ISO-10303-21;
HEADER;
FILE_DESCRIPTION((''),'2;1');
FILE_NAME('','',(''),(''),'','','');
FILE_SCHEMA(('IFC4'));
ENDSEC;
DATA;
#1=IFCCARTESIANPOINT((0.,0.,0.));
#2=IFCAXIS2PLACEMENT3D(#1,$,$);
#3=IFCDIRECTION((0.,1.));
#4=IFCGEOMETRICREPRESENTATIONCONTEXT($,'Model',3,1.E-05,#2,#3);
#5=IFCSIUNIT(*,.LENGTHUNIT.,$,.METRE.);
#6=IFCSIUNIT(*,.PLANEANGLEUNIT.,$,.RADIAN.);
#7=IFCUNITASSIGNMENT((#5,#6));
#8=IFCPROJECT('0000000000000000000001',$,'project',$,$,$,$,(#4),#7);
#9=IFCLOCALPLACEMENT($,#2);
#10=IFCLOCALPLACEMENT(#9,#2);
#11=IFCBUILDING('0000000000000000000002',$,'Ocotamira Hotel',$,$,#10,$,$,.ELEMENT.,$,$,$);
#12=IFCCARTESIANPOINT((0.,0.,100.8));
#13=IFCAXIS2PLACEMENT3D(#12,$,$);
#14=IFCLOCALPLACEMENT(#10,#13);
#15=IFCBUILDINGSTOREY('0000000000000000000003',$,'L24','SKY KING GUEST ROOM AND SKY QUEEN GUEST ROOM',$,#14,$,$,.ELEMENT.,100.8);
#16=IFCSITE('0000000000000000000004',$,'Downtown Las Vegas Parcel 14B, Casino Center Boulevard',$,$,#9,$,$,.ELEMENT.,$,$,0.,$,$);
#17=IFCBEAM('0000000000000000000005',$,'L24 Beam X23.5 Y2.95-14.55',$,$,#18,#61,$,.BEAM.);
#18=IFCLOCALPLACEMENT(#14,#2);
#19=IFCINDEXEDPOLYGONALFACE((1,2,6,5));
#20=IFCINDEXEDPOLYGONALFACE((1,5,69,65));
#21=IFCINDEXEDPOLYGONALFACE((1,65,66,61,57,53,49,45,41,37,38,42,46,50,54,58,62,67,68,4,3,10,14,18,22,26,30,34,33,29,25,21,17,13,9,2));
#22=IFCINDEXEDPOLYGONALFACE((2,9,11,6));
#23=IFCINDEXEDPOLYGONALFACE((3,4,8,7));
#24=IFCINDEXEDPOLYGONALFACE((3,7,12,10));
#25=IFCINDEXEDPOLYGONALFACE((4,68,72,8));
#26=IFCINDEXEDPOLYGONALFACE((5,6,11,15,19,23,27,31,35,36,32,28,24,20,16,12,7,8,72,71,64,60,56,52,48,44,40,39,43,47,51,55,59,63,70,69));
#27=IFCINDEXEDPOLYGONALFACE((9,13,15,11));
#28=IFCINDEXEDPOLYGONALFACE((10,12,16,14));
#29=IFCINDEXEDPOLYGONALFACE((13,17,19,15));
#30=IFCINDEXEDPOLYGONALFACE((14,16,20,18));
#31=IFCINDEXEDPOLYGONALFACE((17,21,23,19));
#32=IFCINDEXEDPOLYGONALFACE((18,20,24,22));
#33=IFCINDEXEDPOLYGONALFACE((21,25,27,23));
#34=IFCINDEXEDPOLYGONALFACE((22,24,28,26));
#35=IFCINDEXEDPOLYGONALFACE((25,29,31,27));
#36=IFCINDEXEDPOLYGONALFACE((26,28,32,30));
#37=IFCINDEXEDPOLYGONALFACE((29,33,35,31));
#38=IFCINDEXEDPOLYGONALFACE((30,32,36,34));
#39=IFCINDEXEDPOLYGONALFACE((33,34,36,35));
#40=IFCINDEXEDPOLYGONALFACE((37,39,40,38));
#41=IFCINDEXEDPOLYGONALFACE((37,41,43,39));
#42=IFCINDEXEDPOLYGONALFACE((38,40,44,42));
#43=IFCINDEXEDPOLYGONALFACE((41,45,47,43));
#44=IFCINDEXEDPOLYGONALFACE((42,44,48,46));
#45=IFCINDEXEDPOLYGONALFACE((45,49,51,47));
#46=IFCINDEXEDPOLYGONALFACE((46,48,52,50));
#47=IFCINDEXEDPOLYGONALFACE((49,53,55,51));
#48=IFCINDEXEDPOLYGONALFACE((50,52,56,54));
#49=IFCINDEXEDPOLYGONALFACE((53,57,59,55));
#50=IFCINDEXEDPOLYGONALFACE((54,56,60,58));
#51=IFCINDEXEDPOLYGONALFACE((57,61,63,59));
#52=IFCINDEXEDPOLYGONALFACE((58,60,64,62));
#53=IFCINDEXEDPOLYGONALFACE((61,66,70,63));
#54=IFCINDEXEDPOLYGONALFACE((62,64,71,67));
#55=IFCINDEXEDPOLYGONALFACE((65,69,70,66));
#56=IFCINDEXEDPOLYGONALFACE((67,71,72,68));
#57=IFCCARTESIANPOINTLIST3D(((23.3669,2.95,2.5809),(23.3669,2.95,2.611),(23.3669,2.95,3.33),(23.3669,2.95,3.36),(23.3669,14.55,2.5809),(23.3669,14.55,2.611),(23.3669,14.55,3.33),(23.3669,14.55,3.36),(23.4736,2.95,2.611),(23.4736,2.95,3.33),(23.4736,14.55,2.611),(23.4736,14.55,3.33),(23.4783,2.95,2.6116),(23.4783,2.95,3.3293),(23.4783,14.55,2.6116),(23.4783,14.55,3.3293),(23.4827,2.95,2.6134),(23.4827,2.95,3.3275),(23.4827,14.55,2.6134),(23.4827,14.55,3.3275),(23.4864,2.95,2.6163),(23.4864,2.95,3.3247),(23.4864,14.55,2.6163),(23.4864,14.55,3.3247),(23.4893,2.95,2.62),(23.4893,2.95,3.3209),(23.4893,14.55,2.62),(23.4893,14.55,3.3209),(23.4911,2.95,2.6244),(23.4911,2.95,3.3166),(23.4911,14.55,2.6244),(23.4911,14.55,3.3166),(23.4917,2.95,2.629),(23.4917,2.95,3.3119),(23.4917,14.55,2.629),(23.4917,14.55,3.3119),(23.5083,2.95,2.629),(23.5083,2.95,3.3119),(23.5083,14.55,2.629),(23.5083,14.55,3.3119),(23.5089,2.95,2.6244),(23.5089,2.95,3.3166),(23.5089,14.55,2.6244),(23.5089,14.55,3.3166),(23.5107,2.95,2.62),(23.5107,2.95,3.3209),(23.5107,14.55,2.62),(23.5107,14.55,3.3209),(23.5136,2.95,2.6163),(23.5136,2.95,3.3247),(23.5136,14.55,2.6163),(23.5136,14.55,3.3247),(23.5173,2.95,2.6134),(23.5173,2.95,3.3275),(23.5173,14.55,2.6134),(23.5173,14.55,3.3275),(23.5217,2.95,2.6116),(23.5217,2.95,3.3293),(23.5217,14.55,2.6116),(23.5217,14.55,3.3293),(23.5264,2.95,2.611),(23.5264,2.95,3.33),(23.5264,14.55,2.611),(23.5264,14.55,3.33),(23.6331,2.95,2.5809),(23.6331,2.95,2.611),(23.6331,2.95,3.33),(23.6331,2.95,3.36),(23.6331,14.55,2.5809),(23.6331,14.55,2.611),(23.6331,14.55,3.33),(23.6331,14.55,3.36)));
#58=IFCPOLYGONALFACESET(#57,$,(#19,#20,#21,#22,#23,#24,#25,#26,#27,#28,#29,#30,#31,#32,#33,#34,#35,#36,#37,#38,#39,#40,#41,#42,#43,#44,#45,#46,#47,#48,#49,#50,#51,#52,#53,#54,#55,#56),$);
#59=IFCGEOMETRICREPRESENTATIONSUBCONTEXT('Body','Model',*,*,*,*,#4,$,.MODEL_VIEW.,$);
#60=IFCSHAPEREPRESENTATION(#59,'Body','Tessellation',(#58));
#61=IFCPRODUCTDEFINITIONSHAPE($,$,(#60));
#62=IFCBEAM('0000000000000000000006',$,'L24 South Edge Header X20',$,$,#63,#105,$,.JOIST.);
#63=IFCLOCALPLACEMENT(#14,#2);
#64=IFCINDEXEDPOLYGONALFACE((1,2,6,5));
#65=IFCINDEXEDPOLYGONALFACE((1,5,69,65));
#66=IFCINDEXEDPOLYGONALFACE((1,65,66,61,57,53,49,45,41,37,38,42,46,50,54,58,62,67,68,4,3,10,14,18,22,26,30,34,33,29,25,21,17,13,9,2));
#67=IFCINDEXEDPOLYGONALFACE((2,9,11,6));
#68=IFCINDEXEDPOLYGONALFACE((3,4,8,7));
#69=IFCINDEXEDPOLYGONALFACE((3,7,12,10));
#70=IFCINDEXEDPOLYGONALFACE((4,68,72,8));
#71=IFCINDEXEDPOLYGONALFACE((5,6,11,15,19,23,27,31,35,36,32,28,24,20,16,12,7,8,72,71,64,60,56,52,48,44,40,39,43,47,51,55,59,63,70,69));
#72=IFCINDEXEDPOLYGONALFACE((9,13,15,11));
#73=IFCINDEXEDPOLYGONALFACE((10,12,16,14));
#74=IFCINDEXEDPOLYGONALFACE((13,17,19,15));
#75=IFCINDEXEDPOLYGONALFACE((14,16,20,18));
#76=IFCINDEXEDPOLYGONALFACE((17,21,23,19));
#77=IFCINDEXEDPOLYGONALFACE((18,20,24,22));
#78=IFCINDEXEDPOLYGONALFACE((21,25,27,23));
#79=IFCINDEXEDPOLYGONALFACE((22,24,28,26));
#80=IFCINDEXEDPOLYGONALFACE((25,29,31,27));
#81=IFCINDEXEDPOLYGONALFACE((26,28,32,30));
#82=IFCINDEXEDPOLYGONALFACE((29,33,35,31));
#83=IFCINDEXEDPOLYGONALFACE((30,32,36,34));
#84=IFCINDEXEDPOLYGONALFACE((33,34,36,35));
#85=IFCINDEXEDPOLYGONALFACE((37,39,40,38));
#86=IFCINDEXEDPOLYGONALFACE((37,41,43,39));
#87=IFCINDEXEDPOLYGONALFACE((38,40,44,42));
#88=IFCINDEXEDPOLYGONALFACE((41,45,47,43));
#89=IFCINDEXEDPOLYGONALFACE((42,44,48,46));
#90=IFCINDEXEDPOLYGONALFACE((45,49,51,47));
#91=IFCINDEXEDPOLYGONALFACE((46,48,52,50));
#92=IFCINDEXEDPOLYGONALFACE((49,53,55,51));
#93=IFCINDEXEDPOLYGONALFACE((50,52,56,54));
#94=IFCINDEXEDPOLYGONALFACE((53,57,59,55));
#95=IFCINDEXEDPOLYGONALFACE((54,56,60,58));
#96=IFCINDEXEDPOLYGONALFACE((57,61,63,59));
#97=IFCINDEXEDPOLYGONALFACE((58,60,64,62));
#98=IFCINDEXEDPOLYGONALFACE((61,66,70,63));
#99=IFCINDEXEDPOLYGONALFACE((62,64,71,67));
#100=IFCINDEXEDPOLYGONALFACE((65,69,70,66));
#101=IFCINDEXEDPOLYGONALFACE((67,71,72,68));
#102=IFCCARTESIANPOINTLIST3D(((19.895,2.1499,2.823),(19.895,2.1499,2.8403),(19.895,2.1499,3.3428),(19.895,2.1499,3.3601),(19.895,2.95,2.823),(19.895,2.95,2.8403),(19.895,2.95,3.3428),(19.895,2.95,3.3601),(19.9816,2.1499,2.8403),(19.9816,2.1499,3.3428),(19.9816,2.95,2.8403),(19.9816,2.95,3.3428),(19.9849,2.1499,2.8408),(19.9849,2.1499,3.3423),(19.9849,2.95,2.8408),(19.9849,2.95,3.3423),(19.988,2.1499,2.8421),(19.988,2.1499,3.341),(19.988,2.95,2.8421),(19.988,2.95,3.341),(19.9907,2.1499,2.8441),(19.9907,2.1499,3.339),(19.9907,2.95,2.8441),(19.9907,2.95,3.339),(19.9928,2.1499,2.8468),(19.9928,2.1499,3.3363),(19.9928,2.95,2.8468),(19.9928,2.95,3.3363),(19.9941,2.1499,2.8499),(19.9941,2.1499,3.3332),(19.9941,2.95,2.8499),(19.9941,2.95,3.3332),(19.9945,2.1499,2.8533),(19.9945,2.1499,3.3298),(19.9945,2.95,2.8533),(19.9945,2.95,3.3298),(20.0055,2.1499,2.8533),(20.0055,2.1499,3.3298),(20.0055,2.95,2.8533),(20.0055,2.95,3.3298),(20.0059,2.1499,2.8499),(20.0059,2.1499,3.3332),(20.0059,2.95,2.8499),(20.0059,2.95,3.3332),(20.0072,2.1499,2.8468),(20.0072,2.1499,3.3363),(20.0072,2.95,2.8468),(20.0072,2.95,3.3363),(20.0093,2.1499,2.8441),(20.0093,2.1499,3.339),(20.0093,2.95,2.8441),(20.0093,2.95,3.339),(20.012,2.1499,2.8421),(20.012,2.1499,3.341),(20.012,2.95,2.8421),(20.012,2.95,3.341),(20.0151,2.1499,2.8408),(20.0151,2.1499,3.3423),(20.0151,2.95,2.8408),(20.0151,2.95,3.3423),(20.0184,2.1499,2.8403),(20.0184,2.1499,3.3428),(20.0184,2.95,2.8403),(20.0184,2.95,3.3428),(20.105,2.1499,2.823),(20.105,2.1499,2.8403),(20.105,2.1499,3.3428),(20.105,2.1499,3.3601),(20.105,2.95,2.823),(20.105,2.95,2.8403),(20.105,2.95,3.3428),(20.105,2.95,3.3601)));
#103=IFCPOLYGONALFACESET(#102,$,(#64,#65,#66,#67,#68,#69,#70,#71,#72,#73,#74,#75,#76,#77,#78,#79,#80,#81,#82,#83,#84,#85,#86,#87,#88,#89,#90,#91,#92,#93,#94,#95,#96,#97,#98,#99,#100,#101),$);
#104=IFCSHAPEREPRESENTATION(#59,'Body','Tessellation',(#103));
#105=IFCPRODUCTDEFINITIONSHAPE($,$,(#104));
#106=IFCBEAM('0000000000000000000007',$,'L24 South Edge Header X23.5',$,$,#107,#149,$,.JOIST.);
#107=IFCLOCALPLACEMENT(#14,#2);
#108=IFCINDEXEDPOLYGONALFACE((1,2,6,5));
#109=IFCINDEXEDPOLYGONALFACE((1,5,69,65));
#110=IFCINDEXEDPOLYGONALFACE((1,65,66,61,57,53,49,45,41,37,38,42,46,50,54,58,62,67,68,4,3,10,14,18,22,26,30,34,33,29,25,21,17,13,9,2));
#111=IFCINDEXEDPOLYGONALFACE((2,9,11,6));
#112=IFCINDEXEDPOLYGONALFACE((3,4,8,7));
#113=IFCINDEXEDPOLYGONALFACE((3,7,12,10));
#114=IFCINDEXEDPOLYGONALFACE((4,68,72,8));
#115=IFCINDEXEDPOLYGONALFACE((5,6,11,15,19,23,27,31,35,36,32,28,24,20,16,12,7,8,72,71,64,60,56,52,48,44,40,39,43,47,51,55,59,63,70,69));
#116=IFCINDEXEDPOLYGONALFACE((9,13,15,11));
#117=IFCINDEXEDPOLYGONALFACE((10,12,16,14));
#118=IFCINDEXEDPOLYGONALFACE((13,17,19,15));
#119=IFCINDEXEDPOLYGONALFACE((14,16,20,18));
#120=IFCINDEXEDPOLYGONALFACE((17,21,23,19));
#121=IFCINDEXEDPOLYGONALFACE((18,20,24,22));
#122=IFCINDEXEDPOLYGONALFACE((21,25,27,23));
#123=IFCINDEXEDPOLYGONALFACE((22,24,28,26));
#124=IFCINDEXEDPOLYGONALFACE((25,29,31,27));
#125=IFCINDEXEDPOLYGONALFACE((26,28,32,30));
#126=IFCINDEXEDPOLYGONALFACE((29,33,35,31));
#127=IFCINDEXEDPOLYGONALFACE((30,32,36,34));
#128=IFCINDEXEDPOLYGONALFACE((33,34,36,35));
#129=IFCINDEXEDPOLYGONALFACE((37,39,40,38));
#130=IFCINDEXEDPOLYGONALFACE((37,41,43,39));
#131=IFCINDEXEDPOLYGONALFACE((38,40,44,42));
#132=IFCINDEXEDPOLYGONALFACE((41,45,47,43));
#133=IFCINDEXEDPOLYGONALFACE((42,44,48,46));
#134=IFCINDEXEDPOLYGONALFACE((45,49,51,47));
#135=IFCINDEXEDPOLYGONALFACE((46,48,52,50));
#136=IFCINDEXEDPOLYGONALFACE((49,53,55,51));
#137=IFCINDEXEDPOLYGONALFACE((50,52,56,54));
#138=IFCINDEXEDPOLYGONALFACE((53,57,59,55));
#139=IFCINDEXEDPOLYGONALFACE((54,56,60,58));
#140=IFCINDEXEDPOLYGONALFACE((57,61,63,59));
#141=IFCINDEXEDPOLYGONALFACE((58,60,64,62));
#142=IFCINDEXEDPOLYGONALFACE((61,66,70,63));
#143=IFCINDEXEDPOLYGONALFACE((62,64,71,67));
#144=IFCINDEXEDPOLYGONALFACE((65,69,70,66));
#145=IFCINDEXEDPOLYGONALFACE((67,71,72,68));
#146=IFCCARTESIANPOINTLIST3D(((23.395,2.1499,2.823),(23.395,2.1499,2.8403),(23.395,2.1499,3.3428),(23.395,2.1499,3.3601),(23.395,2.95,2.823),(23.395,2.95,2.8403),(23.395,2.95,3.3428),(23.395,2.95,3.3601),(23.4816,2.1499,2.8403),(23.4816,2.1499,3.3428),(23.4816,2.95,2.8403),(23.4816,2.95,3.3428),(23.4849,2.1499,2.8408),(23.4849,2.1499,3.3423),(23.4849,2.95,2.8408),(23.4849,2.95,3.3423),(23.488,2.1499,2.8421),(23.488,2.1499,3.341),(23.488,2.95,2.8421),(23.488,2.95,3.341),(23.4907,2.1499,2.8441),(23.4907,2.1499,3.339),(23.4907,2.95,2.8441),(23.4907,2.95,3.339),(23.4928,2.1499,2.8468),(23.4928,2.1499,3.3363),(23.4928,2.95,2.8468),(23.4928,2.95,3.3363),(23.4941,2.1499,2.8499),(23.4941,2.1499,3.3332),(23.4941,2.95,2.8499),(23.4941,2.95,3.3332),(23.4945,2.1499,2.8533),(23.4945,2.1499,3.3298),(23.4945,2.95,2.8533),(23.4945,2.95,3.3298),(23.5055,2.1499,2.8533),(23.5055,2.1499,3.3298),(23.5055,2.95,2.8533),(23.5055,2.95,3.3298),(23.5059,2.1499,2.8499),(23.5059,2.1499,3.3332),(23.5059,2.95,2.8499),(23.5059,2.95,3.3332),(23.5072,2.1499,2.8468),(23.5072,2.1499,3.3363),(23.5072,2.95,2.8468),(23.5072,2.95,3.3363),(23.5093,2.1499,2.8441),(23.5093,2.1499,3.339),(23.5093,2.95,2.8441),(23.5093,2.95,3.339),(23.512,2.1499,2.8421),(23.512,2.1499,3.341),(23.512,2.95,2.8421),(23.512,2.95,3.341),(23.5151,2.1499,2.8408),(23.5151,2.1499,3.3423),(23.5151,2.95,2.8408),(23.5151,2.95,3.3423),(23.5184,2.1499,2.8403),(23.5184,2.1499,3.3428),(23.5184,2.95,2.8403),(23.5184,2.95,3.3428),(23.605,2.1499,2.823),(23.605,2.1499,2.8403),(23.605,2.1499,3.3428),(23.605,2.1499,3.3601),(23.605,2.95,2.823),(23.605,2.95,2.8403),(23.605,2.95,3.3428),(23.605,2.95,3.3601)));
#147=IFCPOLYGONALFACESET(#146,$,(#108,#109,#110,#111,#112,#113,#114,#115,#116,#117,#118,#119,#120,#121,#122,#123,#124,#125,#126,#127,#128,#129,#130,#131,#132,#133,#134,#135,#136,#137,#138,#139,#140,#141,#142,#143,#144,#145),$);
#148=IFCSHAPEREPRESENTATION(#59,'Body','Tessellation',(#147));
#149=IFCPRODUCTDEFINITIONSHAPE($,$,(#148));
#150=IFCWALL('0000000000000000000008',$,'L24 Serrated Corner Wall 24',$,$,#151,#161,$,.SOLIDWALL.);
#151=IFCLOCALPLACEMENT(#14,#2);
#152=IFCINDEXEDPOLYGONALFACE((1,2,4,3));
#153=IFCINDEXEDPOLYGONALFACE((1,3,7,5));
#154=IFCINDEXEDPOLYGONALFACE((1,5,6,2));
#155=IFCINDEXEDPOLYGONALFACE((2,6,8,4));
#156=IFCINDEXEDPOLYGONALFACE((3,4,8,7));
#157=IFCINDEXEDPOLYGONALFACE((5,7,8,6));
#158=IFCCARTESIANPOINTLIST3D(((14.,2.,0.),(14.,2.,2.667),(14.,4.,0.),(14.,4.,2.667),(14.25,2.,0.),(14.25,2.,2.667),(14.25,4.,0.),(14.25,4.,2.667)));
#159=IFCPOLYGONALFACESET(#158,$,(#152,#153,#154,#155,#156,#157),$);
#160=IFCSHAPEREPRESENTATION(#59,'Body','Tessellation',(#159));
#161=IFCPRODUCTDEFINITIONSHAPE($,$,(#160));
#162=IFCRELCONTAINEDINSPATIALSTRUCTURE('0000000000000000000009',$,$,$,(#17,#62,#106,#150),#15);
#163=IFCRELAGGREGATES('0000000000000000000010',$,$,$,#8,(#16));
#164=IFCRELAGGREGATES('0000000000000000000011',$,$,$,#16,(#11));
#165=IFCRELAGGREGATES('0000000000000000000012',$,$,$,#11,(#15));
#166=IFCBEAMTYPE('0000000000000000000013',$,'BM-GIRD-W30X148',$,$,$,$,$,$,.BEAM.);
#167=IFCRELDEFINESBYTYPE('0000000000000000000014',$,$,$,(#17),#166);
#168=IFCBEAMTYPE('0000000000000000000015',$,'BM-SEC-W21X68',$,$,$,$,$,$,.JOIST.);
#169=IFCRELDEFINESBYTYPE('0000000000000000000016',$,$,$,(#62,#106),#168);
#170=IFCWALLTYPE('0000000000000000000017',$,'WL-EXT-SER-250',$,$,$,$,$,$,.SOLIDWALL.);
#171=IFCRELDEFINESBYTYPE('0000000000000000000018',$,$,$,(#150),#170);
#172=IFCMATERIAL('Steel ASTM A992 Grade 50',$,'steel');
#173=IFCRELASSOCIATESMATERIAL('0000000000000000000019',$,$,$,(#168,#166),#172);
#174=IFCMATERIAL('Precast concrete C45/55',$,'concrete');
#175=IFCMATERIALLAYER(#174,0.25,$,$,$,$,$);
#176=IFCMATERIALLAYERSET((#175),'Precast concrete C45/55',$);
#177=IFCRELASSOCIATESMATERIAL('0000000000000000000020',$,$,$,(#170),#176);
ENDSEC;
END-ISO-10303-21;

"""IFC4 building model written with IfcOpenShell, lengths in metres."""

from ifc_helpers import new_model, si_unit, direction, frame, frame_2d, origin, origin_2d, place, context, subcontext, project, spatial, rectangle, i_section, extrude, source, transform, mapped, material, layer, layer_set, material_profile, profile_set, type_object, element, save


model = new_model("IFC4")

# Units and contexts
model_context = context("Model", 3, precision=1e-05, world=origin(), true_north=direction((0.0, 1.0)))
body_context = subcontext(model_context, "Body", "Model", "MODEL_VIEW")
ifc_project = project(units=[si_unit("LENGTHUNIT", "METRE"), si_unit("PLANEANGLEUNIT", "RADIAN")], contexts=[model_context])

# Site, building, storey
site_placement = place(None, origin())
site = spatial("IfcSite", under=ifc_project, at=site_placement, Name="Downtown Las Vegas Parcel 14B, Casino Center Boulevard", CompositionType="ELEMENT", RefElevation=0.0)
building_placement = place(site_placement, origin())
building = spatial("IfcBuilding", under=site, at=building_placement, Name="Ocotamira Hotel", CompositionType="ELEMENT")
storey_placement = place(building_placement, frame((0.0, 0.0, 100.8)))
storey = spatial("IfcBuildingStorey", under=building, at=storey_placement, Name="L24", Description="SKY KING GUEST ROOM AND SKY QUEEN GUEST ROOM", CompositionType="ELEMENT", Elevation=100.8)

# Beams
ifc_material_1 = material(Name="Steel ASTM A992 Grade 50", Category="steel")
ifc_material_profile_1 = material_profile(ifc_material_1, i_section(OverallWidth=0.21, OverallDepth=0.5371, WebThickness=0.011, FlangeThickness=0.0173, FilletRadius=0.0129, at=origin_2d()), Name="W21X68")
ifc_profile_set_1 = profile_set([ifc_material_profile_1], Name="Steel ASTM A992 Grade 50")
beam_type_1 = type_object("IfcBeamType", Name="BM-SEC-W21X68", PredefinedType="JOIST", material=ifc_profile_set_1)
ifc_material_profile_2 = material_profile(ifc_material_1, i_section(OverallWidth=0.2661, OverallDepth=0.7791, WebThickness=0.0166, FlangeThickness=0.03, FilletRadius=0.0181, at=origin_2d()), Name="W30X148")
ifc_profile_set_2 = profile_set([ifc_material_profile_2], Name="Steel ASTM A992 Grade 50")
beam_type_2 = type_object("IfcBeamType", Name="BM-GIRD-W30X148", PredefinedType="BEAM", material=ifc_profile_set_2)
shared_shape_1 = source(origin(), body_context, "Body", "SweptSolid", [
    extrude(i_section(OverallWidth=0.2661, OverallDepth=0.7791, WebThickness=0.0166, FlangeThickness=0.03, FilletRadius=0.0181, at=origin_2d()), origin(), (0.0, 0.0, 1.0), 11.6001),
])
beam_1_placement = place(storey_placement, frame((23.5, 2.95, 2.9705), z_axis=(0.0, 1.0, 0.0), x_axis=(-1.0, 0.0, 0.0)))
element("IfcBeam", 1, at=beam_1_placement, inside=storey, type_object=beam_type_2, Name="L24 Beam X23.5 Y2.95-14.55", PredefinedType="BEAM", context=body_context, shape_type="MappedRepresentation", body=[
    mapped(shared_shape_1, transform((0.0, 0.0, 0.0), scale=1.0)),
])
shared_shape_2 = source(origin(), body_context, "Body", "SweptSolid", [
    extrude(i_section(OverallWidth=0.21, OverallDepth=0.5371, WebThickness=0.011, FlangeThickness=0.0173, FilletRadius=0.0129, at=origin_2d()), origin(), (0.0, 0.0, 1.0), 0.8),
])
for number, where, z_axis, x_axis, name in (
    (2, (20.0, 2.95, 3.0916), (0.0, -1.0, 0.0), (1.0, 0.0, 0.0), "L24 South Edge Header X20"),
    (3, (23.5, 2.95, 3.0916), (0.0, -1.0, 0.0), (1.0, 0.0, 0.0), "L24 South Edge Header X23.5"),
):
    element("IfcBeam", number, at=place(storey_placement, frame(where, z_axis=z_axis, x_axis=x_axis)), inside=storey, type_object=beam_type_1, Name=name, PredefinedType="JOIST", context=body_context, shape_type="MappedRepresentation", body=[
        mapped(shared_shape_2, transform((0.0, 0.0, 0.0), scale=1.0)),
    ])

# Wall
ifc_material_2 = material(Name="Precast concrete C45/55", Category="concrete")
ifc_layer_1 = layer(ifc_material_2, 0.25)
ifc_layer_set_1 = layer_set([ifc_layer_1], Name="Precast concrete C45/55")
wall_type_1 = type_object("IfcWallType", Name="WL-EXT-SER-250", PredefinedType="SOLIDWALL", material=ifc_layer_set_1)
wall_1_placement = place(storey_placement, frame((14.125, 4.0, 0.0), z_axis=(0.0, 0.0, 1.0), x_axis=(0.0, -1.0, 0.0)))
element("IfcWall", 4, at=wall_1_placement, inside=storey, type_object=wall_type_1, Name="L24 Serrated Corner Wall 24", PredefinedType="SOLIDWALL", context=body_context, shape_type="SweptSolid", body=[
    extrude(rectangle(XDim=2.0, YDim=0.25, at=frame_2d((1.0, 0.0))), origin(), (0.0, 0.0, 1.0), 2.667),
])

save(model, "model.ifc")
